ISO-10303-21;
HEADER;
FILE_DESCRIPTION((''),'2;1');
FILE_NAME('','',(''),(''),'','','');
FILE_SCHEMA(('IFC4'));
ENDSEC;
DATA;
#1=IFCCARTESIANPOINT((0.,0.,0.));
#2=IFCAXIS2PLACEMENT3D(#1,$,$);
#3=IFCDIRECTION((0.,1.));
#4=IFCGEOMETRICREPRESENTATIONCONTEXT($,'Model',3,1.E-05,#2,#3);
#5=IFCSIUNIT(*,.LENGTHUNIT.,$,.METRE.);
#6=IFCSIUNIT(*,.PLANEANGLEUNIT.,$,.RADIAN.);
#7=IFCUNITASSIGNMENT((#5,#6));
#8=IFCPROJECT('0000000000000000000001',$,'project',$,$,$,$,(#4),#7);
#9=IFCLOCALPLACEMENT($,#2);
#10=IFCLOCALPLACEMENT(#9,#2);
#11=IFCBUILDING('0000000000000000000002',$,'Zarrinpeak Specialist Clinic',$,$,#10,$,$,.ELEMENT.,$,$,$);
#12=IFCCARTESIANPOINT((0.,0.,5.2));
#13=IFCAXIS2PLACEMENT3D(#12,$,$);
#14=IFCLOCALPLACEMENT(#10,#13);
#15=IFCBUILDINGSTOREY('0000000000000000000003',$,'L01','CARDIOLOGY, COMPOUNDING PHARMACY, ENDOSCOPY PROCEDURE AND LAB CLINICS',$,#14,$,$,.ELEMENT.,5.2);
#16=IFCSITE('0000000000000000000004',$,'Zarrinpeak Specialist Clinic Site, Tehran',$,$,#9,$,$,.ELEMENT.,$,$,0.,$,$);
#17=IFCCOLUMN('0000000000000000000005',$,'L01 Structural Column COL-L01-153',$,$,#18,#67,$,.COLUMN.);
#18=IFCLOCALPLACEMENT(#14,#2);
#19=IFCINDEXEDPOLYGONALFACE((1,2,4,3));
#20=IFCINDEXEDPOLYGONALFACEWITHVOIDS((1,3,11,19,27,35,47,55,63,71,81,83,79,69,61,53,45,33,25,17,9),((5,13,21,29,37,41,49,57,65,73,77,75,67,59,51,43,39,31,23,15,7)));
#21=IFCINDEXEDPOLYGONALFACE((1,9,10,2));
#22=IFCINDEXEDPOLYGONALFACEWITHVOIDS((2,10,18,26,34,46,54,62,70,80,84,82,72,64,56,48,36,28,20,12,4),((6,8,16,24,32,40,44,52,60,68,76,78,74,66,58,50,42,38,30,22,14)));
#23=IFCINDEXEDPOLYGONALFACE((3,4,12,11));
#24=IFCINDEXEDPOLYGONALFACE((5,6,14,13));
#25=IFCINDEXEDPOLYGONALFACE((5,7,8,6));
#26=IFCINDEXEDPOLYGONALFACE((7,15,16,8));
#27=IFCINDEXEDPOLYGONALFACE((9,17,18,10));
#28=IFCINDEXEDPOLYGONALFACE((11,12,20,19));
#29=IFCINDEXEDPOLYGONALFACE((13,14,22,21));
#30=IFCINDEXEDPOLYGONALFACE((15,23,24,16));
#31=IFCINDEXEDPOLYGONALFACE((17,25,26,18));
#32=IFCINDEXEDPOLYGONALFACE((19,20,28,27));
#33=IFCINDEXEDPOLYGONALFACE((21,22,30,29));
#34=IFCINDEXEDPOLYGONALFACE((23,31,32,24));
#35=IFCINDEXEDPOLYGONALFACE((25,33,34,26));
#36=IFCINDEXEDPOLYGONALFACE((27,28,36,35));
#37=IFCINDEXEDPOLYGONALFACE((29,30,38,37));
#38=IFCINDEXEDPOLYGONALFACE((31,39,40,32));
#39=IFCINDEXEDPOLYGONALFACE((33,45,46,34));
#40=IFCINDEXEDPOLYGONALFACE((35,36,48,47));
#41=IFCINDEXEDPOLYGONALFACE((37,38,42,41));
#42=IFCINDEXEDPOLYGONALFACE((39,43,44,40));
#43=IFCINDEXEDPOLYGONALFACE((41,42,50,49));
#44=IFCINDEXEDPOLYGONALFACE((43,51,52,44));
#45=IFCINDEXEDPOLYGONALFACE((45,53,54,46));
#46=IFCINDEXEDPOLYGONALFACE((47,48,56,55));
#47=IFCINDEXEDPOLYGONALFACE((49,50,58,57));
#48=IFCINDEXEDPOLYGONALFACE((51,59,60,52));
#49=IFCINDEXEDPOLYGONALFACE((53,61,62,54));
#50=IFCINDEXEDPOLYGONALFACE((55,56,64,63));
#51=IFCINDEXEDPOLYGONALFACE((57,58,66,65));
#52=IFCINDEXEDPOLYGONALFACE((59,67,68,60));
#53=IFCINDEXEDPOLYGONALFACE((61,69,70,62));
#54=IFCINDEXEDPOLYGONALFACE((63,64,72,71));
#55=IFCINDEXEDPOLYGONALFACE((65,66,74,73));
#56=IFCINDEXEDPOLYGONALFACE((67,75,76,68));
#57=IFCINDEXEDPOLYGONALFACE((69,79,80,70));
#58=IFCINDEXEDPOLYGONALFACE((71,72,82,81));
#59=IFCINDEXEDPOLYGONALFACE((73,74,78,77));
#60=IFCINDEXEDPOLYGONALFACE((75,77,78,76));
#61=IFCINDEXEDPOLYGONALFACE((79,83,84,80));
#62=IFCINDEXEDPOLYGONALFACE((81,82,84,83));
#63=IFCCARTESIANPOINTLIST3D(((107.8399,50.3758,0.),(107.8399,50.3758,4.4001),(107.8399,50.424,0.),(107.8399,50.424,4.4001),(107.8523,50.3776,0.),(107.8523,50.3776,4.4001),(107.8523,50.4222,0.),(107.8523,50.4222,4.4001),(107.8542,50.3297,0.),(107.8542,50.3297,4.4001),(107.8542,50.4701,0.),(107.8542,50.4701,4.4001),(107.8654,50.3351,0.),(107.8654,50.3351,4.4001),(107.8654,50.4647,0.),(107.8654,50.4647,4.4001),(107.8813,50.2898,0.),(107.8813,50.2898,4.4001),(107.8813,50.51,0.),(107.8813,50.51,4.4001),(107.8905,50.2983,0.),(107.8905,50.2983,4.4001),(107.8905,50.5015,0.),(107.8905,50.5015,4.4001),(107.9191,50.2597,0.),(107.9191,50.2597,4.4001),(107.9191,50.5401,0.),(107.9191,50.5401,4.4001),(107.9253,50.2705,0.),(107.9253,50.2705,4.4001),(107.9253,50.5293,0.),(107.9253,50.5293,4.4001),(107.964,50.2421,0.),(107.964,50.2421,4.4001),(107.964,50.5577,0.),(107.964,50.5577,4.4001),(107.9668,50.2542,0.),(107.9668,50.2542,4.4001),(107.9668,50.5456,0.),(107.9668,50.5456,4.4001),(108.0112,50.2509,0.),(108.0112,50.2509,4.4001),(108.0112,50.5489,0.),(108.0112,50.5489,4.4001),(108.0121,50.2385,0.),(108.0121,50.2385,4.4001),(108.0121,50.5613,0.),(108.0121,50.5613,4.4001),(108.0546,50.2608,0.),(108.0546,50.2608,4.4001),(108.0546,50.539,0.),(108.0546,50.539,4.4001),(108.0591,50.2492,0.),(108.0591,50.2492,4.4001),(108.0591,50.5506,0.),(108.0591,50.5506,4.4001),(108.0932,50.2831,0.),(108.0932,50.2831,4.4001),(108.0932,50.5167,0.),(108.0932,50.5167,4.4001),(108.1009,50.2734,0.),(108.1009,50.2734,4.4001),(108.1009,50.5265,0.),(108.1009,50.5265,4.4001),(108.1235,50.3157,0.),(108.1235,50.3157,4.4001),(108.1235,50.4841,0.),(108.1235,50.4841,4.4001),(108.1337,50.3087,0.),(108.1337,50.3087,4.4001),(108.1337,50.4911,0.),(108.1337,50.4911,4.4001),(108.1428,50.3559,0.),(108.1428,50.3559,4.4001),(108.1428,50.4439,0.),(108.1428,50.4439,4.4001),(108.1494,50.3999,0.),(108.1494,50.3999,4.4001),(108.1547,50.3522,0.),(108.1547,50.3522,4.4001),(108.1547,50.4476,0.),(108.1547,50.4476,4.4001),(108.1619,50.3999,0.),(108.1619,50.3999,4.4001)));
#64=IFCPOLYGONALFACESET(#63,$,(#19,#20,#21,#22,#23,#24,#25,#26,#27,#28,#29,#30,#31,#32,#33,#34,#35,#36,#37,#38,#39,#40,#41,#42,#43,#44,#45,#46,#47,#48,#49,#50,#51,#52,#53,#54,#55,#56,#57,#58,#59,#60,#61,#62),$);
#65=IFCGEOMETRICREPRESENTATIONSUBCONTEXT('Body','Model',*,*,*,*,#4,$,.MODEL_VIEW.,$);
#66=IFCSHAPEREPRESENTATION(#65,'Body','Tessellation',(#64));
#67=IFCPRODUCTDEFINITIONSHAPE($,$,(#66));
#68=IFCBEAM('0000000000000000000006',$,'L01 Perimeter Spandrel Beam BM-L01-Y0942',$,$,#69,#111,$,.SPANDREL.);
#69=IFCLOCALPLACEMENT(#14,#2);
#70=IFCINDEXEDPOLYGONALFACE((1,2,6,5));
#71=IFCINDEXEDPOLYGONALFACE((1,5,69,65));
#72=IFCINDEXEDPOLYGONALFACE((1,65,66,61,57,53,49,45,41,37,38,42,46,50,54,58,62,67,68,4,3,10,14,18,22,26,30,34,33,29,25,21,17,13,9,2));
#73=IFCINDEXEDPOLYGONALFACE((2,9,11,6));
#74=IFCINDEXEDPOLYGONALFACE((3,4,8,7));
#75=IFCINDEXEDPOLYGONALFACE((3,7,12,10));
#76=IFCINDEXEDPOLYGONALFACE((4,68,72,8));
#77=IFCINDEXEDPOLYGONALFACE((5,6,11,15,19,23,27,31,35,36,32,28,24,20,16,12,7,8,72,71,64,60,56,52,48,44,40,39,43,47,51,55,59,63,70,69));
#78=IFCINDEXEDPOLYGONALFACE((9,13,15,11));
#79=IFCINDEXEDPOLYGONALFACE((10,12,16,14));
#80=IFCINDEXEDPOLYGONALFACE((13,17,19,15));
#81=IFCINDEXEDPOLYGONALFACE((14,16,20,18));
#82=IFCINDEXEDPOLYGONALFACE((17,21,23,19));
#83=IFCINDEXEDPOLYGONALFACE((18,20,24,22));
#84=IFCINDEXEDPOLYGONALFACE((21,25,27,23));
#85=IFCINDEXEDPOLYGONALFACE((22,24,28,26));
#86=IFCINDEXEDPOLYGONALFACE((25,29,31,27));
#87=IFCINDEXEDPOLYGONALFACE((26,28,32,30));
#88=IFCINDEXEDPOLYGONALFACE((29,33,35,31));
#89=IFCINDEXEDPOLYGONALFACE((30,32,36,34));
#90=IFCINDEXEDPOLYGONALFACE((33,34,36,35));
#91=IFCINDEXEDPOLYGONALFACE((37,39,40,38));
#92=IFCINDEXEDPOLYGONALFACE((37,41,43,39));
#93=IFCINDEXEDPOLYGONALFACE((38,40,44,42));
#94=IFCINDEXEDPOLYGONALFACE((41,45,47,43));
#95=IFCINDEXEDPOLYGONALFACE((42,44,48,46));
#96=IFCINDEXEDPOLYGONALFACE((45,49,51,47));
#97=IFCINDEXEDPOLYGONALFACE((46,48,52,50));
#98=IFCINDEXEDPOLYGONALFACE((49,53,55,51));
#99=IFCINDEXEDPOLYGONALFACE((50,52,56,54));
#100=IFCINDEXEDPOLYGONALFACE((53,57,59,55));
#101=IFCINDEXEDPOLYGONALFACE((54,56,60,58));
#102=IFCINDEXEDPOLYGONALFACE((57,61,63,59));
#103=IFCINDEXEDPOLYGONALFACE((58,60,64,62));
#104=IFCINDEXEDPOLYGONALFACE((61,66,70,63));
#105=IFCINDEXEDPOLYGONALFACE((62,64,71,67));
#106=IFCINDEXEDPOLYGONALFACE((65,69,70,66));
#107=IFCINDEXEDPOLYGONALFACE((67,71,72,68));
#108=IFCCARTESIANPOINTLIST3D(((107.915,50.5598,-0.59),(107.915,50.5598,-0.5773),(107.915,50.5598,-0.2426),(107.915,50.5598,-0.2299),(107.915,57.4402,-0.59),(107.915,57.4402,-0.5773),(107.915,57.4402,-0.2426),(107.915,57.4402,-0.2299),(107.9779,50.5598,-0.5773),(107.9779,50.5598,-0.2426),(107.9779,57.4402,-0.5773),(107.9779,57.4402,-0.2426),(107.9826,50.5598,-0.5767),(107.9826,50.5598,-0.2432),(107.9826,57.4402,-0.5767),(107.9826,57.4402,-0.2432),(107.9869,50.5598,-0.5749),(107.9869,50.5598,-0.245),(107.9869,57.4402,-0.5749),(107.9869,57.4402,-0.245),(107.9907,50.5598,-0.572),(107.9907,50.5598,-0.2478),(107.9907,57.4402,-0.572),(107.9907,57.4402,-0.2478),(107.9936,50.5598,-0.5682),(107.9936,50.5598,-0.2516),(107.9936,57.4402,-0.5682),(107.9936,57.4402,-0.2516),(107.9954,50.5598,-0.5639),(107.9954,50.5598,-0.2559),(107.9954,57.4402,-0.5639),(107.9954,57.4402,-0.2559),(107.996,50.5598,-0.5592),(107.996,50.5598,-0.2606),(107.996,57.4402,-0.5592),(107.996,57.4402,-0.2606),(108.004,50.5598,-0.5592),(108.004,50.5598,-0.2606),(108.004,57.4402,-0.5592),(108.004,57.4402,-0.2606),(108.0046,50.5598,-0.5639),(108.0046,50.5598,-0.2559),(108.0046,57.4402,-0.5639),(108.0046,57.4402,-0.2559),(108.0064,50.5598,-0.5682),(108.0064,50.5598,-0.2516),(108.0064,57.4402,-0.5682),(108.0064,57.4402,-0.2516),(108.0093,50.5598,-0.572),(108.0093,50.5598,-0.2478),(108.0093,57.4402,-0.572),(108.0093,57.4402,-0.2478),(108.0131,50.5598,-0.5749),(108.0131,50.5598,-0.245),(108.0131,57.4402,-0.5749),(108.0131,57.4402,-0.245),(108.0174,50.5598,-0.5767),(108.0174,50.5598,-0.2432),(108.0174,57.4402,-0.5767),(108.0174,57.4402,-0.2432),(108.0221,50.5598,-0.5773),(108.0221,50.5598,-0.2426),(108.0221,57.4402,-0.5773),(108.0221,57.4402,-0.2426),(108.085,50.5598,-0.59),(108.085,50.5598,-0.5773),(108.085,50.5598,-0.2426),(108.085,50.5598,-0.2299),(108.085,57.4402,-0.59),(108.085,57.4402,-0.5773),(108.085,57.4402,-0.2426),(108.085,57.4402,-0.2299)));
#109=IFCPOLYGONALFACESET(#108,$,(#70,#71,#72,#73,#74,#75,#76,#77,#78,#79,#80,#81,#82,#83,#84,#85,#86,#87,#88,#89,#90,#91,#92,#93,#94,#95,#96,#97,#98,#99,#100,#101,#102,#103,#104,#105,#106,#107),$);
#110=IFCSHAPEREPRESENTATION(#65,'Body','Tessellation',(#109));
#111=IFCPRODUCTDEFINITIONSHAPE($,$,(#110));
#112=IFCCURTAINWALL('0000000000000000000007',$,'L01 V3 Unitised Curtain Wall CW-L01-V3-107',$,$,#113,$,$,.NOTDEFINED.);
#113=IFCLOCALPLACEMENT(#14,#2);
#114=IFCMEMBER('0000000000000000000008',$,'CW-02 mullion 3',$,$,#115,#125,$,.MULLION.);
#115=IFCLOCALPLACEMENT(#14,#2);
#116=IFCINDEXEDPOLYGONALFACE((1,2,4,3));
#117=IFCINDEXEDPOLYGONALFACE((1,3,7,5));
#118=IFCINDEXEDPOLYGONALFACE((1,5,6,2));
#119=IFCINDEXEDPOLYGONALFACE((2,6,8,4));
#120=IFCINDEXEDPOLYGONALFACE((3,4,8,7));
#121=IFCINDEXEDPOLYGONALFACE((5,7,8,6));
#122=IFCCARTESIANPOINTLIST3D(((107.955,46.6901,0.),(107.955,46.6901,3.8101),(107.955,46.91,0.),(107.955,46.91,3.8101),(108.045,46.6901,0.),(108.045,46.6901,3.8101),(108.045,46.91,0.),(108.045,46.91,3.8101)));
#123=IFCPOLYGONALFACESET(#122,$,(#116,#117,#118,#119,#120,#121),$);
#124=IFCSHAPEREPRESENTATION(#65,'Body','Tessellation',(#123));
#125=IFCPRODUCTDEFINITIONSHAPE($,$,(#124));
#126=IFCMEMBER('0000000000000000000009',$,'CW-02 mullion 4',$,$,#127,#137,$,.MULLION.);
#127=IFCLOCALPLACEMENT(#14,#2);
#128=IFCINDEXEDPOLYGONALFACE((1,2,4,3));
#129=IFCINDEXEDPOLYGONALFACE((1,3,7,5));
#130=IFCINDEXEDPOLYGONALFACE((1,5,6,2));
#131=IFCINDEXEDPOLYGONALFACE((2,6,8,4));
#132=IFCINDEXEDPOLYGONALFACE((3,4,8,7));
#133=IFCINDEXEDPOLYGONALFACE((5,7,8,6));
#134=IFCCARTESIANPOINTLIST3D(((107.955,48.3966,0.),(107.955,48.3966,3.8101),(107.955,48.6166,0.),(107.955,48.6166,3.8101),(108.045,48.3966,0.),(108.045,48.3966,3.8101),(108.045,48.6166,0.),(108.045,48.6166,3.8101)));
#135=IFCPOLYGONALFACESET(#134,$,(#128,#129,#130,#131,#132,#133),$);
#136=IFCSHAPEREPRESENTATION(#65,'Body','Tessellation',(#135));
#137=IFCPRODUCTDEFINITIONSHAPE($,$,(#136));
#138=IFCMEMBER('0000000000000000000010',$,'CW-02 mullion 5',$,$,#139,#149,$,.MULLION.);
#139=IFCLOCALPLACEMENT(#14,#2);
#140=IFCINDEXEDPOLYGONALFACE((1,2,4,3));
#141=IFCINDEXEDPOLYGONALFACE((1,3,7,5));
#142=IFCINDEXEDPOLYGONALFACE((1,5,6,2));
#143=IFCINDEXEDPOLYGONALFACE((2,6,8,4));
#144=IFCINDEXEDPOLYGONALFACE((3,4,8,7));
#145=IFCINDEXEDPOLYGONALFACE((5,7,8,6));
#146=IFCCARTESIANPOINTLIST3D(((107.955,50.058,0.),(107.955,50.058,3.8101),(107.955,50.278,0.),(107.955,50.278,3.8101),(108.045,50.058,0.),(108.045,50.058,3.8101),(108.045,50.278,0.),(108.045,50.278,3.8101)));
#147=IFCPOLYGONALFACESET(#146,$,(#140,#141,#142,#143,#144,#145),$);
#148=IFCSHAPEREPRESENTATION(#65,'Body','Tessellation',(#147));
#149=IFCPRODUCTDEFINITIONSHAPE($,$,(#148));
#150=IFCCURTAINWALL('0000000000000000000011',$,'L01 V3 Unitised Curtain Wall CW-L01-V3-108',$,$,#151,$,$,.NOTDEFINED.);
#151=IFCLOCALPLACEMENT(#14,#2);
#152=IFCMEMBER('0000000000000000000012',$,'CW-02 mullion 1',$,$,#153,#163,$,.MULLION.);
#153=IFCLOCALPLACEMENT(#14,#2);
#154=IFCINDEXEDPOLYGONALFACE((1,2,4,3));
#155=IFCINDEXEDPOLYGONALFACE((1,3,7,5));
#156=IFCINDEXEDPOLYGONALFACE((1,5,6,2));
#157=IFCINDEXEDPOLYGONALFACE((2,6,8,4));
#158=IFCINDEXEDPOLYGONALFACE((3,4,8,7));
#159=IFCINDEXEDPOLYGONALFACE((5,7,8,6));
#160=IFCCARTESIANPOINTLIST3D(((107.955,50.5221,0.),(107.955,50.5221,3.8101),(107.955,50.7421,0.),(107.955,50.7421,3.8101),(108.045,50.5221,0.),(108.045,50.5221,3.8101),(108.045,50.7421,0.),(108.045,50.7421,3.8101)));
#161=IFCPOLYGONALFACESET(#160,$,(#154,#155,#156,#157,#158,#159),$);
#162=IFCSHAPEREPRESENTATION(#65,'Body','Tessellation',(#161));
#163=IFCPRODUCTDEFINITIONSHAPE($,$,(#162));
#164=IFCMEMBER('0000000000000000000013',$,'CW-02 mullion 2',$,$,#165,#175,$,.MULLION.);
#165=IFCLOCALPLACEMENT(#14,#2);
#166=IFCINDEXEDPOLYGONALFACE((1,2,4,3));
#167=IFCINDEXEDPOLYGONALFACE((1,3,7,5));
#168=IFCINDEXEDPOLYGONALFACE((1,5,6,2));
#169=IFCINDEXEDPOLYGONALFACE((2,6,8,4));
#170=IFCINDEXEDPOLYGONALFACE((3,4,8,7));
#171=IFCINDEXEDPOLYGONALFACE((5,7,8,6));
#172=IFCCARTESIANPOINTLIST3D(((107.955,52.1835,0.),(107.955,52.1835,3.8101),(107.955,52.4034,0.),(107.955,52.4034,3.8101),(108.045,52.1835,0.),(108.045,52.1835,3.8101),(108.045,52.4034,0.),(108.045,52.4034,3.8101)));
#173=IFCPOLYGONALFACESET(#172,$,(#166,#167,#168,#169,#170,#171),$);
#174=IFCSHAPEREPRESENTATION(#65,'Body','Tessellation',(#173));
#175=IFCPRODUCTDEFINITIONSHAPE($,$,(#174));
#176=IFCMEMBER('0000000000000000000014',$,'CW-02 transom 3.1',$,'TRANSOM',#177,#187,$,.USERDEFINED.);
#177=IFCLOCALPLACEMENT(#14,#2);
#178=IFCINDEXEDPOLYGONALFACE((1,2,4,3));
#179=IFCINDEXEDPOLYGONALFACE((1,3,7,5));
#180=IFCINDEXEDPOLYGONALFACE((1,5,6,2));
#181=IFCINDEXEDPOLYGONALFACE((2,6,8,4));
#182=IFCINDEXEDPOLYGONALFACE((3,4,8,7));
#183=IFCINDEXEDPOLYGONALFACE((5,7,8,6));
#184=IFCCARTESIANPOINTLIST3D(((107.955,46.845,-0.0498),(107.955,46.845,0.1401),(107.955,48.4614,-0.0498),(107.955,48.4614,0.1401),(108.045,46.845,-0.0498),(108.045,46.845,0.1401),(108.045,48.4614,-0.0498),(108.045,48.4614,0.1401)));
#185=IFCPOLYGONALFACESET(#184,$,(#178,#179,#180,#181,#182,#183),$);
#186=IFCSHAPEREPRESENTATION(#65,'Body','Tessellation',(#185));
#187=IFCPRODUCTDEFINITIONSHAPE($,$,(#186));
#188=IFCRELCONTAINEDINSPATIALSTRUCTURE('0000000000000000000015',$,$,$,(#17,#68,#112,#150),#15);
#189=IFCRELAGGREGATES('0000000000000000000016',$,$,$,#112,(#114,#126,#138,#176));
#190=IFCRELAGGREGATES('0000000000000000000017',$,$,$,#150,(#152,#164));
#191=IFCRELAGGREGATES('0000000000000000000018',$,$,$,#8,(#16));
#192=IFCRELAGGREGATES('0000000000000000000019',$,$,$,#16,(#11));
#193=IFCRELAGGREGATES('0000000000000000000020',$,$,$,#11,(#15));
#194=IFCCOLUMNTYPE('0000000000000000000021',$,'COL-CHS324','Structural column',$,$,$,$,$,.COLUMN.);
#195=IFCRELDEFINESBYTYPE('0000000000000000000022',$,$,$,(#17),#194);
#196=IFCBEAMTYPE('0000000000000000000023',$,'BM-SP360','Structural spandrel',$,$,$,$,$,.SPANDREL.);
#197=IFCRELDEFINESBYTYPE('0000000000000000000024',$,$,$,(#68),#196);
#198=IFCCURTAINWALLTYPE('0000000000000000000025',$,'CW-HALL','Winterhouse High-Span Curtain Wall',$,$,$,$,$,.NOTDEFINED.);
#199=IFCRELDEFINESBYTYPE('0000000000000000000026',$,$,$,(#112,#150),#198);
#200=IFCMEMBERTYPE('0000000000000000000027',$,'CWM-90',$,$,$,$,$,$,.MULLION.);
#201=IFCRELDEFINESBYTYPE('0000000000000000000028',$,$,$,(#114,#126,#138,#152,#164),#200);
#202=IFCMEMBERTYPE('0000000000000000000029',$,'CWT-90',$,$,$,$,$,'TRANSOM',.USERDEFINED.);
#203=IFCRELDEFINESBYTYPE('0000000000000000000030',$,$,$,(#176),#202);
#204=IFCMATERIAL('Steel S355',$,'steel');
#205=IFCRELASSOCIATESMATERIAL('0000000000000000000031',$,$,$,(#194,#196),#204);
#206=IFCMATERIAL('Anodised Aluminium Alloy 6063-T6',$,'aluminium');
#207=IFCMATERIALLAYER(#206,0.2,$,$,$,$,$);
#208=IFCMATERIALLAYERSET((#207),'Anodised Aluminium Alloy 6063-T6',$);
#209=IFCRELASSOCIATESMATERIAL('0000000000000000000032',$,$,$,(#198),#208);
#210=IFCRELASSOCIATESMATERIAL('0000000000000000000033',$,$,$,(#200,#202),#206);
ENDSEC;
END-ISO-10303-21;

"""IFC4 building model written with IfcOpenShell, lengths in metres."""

from ifc_helpers import new_model, si_unit, direction, frame, origin, origin_2d, place, context, subcontext, project, spatial, rectangle, hollow_circle, i_section, extrude, material, layer, layer_set, material_profile, profile_set, type_object, element, aggregate, save


model = new_model("IFC4")

# Units and contexts
model_context = context("Model", 3, precision=1e-05, world=origin(), true_north=direction((0.0, 1.0)))
body_context = subcontext(model_context, "Body", "Model", "MODEL_VIEW")
ifc_project = project(units=[si_unit("LENGTHUNIT", "METRE"), si_unit("PLANEANGLEUNIT", "RADIAN")], contexts=[model_context])

# Site, building, storey
site_placement = place(None, origin())
site = spatial("IfcSite", under=ifc_project, at=site_placement, Name="Zarrinpeak Specialist Clinic Site, Tehran", CompositionType="ELEMENT", RefElevation=0.0)
building_placement = place(site_placement, origin())
building = spatial("IfcBuilding", under=site, at=building_placement, Name="Zarrinpeak Specialist Clinic", CompositionType="ELEMENT")
storey_placement = place(building_placement, frame((0.0, 0.0, 5.2)))
storey = spatial("IfcBuildingStorey", under=building, at=storey_placement, Name="L01", Description="CARDIOLOGY, COMPOUNDING PHARMACY, ENDOSCOPY PROCEDURE AND LAB CLINICS", CompositionType="ELEMENT", Elevation=5.2)

# Column
ifc_material_1 = material(Name="Steel S355", Category="steel")
ifc_material_profile_1 = material_profile(ifc_material_1, hollow_circle(Radius=0.1619, WallThickness=0.0125, at=origin_2d()), Name="CHS 323.9x12.5")
ifc_profile_set_1 = profile_set([ifc_material_profile_1], Name="Steel S355")
column_type = type_object("IfcColumnType", Name="COL-CHS324", Description="Structural column", PredefinedType="COLUMN", material=ifc_profile_set_1)
column_placement = place(storey_placement, frame((108.0, 50.3999, 0.0), z_axis=(0.0, 0.0, 1.0), x_axis=(1.0, 0.0, 0.0)))
element("IfcColumn", 1, at=column_placement, inside=storey, type_object=column_type, Name="L01 Structural Column COL-L01-153", PredefinedType="COLUMN", context=body_context, shape_type="SweptSolid", body=[
    extrude(hollow_circle(Radius=0.1619, WallThickness=0.0125, at=origin_2d()), origin(), (0.0, 0.0, 1.0), 4.4001),
])

# Beam
ifc_material_profile_2 = material_profile(ifc_material_1, i_section(OverallWidth=0.1699, OverallDepth=0.3601, WebThickness=0.0081, FlangeThickness=0.0127, FilletRadius=0.0181, at=origin_2d()), Name="IPE 360")
ifc_profile_set_2 = profile_set([ifc_material_profile_2], Name="Steel S355")
beam_type = type_object("IfcBeamType", Name="BM-SP360", Description="Structural spandrel", PredefinedType="SPANDREL", material=ifc_profile_set_2)
beam_placement = place(storey_placement, frame((108.0, 50.5598, -0.4099), z_axis=(0.0, 1.0, 0.0), x_axis=(-1.0, 0.0, 0.0)))
element("IfcBeam", 2, at=beam_placement, inside=storey, type_object=beam_type, Name="L01 Perimeter Spandrel Beam BM-L01-Y0942", PredefinedType="SPANDREL", context=body_context, shape_type="SweptSolid", body=[
    extrude(i_section(OverallWidth=0.1699, OverallDepth=0.3601, WebThickness=0.0081, FlangeThickness=0.0127, FilletRadius=0.0181, at=origin_2d()), origin(), (0.0, 0.0, 1.0), 6.8804),
])

# Curtain walls, members
ifc_material_2 = material(Name="Anodised Aluminium Alloy 6063-T6", Category="aluminium")
ifc_layer_1 = layer(ifc_material_2, 0.2)
ifc_layer_set_1 = layer_set([ifc_layer_1], Name="Anodised Aluminium Alloy 6063-T6")
curtain_wall_type = type_object("IfcCurtainWallType", Name="CW-HALL", Description="Winterhouse High-Span Curtain Wall", PredefinedType="NOTDEFINED", material=ifc_layer_set_1)
curtain_wall_1_placement = place(storey_placement, origin())
curtain_wall_1 = element("IfcCurtainWall", 3, at=curtain_wall_1_placement, inside=storey, type_object=curtain_wall_type, Name="L01 V3 Unitised Curtain Wall CW-L01-V3-107", PredefinedType="NOTDEFINED")
ifc_material_profile_3 = material_profile(ifc_material_2, rectangle(XDim=0.0901, YDim=0.22, at=origin_2d()), Name="ALU 90x220")
ifc_profile_set_3 = profile_set([ifc_material_profile_3], Name="Anodised Aluminium Alloy 6063-T6")
member_type_1 = type_object("IfcMemberType", Name="CWM-90", PredefinedType="MULLION", material=ifc_profile_set_3)
member_1_placement = place(storey_placement, frame((108.0, 46.8, 0.0), z_axis=(0.0, 0.0, 1.0), x_axis=(-1.0, 0.0, 0.0)))
member_1 = element("IfcMember", 4, at=member_1_placement, type_object=member_type_1, Name="CW-02 mullion 3", PredefinedType="MULLION", context=body_context, shape_type="SweptSolid", body=[
    extrude(rectangle(XDim=0.0901, YDim=0.22, at=origin_2d()), origin(), (0.0, 0.0, 1.0), 3.8101),
])
member_2_placement = place(storey_placement, frame((108.0, 48.5066, 0.0), z_axis=(0.0, 0.0, 1.0), x_axis=(-1.0, 0.0, 0.0)))
member_2 = element("IfcMember", 5, at=member_2_placement, type_object=member_type_1, Name="CW-02 mullion 4", PredefinedType="MULLION", context=body_context, shape_type="SweptSolid", body=[
    extrude(rectangle(XDim=0.0901, YDim=0.22, at=origin_2d()), origin(), (0.0, 0.0, 1.0), 3.8101),
])
member_3_placement = place(storey_placement, frame((108.0, 50.168, 0.0), z_axis=(0.0, 0.0, 1.0), x_axis=(-1.0, 0.0, 0.0)))
member_3 = element("IfcMember", 6, at=member_3_placement, type_object=member_type_1, Name="CW-02 mullion 5", PredefinedType="MULLION", context=body_context, shape_type="SweptSolid", body=[
    extrude(rectangle(XDim=0.0901, YDim=0.22, at=origin_2d()), origin(), (0.0, 0.0, 1.0), 3.8101),
])
curtain_wall_2_placement = place(storey_placement, origin())
curtain_wall_2 = element("IfcCurtainWall", 7, at=curtain_wall_2_placement, inside=storey, type_object=curtain_wall_type, Name="L01 V3 Unitised Curtain Wall CW-L01-V3-108", PredefinedType="NOTDEFINED")
member_4_placement = place(storey_placement, frame((108.0, 50.6321, 0.0), z_axis=(0.0, 0.0, 1.0), x_axis=(-1.0, 0.0, 0.0)))
member_4 = element("IfcMember", 8, at=member_4_placement, type_object=member_type_1, Name="CW-02 mullion 1", PredefinedType="MULLION", context=body_context, shape_type="SweptSolid", body=[
    extrude(rectangle(XDim=0.0901, YDim=0.22, at=origin_2d()), origin(), (0.0, 0.0, 1.0), 3.8101),
])
member_5_placement = place(storey_placement, frame((108.0, 52.2935, 0.0), z_axis=(0.0, 0.0, 1.0), x_axis=(-1.0, 0.0, 0.0)))
member_5 = element("IfcMember", 9, at=member_5_placement, type_object=member_type_1, Name="CW-02 mullion 2", PredefinedType="MULLION", context=body_context, shape_type="SweptSolid", body=[
    extrude(rectangle(XDim=0.0901, YDim=0.22, at=origin_2d()), origin(), (0.0, 0.0, 1.0), 3.8101),
])

# Member
ifc_material_profile_4 = material_profile(ifc_material_2, rectangle(XDim=0.0901, YDim=0.1899, at=origin_2d()), Name="ALU 90x190")
ifc_profile_set_4 = profile_set([ifc_material_profile_4], Name="Anodised Aluminium Alloy 6063-T6")
member_type_2 = type_object("IfcMemberType", Name="CWT-90", ElementType="TRANSOM", PredefinedType="USERDEFINED", material=ifc_profile_set_4)
member_6_placement = place(storey_placement, frame((108.0, 46.845, 0.0452), z_axis=(0.0, 1.0, 0.0), x_axis=(-1.0, 0.0, 0.0)))
member_6 = element("IfcMember", 10, at=member_6_placement, type_object=member_type_2, Name="CW-02 transom 3.1", ObjectType="TRANSOM", PredefinedType="USERDEFINED", context=body_context, shape_type="SweptSolid", body=[
    extrude(rectangle(XDim=0.0901, YDim=0.1899, at=origin_2d()), origin(), (0.0, 0.0, 1.0), 1.6165),
])

aggregate(curtain_wall_1, [member_1, member_2, member_3, member_6])
aggregate(curtain_wall_2, [member_4, member_5])

save(model, "model.ifc")
